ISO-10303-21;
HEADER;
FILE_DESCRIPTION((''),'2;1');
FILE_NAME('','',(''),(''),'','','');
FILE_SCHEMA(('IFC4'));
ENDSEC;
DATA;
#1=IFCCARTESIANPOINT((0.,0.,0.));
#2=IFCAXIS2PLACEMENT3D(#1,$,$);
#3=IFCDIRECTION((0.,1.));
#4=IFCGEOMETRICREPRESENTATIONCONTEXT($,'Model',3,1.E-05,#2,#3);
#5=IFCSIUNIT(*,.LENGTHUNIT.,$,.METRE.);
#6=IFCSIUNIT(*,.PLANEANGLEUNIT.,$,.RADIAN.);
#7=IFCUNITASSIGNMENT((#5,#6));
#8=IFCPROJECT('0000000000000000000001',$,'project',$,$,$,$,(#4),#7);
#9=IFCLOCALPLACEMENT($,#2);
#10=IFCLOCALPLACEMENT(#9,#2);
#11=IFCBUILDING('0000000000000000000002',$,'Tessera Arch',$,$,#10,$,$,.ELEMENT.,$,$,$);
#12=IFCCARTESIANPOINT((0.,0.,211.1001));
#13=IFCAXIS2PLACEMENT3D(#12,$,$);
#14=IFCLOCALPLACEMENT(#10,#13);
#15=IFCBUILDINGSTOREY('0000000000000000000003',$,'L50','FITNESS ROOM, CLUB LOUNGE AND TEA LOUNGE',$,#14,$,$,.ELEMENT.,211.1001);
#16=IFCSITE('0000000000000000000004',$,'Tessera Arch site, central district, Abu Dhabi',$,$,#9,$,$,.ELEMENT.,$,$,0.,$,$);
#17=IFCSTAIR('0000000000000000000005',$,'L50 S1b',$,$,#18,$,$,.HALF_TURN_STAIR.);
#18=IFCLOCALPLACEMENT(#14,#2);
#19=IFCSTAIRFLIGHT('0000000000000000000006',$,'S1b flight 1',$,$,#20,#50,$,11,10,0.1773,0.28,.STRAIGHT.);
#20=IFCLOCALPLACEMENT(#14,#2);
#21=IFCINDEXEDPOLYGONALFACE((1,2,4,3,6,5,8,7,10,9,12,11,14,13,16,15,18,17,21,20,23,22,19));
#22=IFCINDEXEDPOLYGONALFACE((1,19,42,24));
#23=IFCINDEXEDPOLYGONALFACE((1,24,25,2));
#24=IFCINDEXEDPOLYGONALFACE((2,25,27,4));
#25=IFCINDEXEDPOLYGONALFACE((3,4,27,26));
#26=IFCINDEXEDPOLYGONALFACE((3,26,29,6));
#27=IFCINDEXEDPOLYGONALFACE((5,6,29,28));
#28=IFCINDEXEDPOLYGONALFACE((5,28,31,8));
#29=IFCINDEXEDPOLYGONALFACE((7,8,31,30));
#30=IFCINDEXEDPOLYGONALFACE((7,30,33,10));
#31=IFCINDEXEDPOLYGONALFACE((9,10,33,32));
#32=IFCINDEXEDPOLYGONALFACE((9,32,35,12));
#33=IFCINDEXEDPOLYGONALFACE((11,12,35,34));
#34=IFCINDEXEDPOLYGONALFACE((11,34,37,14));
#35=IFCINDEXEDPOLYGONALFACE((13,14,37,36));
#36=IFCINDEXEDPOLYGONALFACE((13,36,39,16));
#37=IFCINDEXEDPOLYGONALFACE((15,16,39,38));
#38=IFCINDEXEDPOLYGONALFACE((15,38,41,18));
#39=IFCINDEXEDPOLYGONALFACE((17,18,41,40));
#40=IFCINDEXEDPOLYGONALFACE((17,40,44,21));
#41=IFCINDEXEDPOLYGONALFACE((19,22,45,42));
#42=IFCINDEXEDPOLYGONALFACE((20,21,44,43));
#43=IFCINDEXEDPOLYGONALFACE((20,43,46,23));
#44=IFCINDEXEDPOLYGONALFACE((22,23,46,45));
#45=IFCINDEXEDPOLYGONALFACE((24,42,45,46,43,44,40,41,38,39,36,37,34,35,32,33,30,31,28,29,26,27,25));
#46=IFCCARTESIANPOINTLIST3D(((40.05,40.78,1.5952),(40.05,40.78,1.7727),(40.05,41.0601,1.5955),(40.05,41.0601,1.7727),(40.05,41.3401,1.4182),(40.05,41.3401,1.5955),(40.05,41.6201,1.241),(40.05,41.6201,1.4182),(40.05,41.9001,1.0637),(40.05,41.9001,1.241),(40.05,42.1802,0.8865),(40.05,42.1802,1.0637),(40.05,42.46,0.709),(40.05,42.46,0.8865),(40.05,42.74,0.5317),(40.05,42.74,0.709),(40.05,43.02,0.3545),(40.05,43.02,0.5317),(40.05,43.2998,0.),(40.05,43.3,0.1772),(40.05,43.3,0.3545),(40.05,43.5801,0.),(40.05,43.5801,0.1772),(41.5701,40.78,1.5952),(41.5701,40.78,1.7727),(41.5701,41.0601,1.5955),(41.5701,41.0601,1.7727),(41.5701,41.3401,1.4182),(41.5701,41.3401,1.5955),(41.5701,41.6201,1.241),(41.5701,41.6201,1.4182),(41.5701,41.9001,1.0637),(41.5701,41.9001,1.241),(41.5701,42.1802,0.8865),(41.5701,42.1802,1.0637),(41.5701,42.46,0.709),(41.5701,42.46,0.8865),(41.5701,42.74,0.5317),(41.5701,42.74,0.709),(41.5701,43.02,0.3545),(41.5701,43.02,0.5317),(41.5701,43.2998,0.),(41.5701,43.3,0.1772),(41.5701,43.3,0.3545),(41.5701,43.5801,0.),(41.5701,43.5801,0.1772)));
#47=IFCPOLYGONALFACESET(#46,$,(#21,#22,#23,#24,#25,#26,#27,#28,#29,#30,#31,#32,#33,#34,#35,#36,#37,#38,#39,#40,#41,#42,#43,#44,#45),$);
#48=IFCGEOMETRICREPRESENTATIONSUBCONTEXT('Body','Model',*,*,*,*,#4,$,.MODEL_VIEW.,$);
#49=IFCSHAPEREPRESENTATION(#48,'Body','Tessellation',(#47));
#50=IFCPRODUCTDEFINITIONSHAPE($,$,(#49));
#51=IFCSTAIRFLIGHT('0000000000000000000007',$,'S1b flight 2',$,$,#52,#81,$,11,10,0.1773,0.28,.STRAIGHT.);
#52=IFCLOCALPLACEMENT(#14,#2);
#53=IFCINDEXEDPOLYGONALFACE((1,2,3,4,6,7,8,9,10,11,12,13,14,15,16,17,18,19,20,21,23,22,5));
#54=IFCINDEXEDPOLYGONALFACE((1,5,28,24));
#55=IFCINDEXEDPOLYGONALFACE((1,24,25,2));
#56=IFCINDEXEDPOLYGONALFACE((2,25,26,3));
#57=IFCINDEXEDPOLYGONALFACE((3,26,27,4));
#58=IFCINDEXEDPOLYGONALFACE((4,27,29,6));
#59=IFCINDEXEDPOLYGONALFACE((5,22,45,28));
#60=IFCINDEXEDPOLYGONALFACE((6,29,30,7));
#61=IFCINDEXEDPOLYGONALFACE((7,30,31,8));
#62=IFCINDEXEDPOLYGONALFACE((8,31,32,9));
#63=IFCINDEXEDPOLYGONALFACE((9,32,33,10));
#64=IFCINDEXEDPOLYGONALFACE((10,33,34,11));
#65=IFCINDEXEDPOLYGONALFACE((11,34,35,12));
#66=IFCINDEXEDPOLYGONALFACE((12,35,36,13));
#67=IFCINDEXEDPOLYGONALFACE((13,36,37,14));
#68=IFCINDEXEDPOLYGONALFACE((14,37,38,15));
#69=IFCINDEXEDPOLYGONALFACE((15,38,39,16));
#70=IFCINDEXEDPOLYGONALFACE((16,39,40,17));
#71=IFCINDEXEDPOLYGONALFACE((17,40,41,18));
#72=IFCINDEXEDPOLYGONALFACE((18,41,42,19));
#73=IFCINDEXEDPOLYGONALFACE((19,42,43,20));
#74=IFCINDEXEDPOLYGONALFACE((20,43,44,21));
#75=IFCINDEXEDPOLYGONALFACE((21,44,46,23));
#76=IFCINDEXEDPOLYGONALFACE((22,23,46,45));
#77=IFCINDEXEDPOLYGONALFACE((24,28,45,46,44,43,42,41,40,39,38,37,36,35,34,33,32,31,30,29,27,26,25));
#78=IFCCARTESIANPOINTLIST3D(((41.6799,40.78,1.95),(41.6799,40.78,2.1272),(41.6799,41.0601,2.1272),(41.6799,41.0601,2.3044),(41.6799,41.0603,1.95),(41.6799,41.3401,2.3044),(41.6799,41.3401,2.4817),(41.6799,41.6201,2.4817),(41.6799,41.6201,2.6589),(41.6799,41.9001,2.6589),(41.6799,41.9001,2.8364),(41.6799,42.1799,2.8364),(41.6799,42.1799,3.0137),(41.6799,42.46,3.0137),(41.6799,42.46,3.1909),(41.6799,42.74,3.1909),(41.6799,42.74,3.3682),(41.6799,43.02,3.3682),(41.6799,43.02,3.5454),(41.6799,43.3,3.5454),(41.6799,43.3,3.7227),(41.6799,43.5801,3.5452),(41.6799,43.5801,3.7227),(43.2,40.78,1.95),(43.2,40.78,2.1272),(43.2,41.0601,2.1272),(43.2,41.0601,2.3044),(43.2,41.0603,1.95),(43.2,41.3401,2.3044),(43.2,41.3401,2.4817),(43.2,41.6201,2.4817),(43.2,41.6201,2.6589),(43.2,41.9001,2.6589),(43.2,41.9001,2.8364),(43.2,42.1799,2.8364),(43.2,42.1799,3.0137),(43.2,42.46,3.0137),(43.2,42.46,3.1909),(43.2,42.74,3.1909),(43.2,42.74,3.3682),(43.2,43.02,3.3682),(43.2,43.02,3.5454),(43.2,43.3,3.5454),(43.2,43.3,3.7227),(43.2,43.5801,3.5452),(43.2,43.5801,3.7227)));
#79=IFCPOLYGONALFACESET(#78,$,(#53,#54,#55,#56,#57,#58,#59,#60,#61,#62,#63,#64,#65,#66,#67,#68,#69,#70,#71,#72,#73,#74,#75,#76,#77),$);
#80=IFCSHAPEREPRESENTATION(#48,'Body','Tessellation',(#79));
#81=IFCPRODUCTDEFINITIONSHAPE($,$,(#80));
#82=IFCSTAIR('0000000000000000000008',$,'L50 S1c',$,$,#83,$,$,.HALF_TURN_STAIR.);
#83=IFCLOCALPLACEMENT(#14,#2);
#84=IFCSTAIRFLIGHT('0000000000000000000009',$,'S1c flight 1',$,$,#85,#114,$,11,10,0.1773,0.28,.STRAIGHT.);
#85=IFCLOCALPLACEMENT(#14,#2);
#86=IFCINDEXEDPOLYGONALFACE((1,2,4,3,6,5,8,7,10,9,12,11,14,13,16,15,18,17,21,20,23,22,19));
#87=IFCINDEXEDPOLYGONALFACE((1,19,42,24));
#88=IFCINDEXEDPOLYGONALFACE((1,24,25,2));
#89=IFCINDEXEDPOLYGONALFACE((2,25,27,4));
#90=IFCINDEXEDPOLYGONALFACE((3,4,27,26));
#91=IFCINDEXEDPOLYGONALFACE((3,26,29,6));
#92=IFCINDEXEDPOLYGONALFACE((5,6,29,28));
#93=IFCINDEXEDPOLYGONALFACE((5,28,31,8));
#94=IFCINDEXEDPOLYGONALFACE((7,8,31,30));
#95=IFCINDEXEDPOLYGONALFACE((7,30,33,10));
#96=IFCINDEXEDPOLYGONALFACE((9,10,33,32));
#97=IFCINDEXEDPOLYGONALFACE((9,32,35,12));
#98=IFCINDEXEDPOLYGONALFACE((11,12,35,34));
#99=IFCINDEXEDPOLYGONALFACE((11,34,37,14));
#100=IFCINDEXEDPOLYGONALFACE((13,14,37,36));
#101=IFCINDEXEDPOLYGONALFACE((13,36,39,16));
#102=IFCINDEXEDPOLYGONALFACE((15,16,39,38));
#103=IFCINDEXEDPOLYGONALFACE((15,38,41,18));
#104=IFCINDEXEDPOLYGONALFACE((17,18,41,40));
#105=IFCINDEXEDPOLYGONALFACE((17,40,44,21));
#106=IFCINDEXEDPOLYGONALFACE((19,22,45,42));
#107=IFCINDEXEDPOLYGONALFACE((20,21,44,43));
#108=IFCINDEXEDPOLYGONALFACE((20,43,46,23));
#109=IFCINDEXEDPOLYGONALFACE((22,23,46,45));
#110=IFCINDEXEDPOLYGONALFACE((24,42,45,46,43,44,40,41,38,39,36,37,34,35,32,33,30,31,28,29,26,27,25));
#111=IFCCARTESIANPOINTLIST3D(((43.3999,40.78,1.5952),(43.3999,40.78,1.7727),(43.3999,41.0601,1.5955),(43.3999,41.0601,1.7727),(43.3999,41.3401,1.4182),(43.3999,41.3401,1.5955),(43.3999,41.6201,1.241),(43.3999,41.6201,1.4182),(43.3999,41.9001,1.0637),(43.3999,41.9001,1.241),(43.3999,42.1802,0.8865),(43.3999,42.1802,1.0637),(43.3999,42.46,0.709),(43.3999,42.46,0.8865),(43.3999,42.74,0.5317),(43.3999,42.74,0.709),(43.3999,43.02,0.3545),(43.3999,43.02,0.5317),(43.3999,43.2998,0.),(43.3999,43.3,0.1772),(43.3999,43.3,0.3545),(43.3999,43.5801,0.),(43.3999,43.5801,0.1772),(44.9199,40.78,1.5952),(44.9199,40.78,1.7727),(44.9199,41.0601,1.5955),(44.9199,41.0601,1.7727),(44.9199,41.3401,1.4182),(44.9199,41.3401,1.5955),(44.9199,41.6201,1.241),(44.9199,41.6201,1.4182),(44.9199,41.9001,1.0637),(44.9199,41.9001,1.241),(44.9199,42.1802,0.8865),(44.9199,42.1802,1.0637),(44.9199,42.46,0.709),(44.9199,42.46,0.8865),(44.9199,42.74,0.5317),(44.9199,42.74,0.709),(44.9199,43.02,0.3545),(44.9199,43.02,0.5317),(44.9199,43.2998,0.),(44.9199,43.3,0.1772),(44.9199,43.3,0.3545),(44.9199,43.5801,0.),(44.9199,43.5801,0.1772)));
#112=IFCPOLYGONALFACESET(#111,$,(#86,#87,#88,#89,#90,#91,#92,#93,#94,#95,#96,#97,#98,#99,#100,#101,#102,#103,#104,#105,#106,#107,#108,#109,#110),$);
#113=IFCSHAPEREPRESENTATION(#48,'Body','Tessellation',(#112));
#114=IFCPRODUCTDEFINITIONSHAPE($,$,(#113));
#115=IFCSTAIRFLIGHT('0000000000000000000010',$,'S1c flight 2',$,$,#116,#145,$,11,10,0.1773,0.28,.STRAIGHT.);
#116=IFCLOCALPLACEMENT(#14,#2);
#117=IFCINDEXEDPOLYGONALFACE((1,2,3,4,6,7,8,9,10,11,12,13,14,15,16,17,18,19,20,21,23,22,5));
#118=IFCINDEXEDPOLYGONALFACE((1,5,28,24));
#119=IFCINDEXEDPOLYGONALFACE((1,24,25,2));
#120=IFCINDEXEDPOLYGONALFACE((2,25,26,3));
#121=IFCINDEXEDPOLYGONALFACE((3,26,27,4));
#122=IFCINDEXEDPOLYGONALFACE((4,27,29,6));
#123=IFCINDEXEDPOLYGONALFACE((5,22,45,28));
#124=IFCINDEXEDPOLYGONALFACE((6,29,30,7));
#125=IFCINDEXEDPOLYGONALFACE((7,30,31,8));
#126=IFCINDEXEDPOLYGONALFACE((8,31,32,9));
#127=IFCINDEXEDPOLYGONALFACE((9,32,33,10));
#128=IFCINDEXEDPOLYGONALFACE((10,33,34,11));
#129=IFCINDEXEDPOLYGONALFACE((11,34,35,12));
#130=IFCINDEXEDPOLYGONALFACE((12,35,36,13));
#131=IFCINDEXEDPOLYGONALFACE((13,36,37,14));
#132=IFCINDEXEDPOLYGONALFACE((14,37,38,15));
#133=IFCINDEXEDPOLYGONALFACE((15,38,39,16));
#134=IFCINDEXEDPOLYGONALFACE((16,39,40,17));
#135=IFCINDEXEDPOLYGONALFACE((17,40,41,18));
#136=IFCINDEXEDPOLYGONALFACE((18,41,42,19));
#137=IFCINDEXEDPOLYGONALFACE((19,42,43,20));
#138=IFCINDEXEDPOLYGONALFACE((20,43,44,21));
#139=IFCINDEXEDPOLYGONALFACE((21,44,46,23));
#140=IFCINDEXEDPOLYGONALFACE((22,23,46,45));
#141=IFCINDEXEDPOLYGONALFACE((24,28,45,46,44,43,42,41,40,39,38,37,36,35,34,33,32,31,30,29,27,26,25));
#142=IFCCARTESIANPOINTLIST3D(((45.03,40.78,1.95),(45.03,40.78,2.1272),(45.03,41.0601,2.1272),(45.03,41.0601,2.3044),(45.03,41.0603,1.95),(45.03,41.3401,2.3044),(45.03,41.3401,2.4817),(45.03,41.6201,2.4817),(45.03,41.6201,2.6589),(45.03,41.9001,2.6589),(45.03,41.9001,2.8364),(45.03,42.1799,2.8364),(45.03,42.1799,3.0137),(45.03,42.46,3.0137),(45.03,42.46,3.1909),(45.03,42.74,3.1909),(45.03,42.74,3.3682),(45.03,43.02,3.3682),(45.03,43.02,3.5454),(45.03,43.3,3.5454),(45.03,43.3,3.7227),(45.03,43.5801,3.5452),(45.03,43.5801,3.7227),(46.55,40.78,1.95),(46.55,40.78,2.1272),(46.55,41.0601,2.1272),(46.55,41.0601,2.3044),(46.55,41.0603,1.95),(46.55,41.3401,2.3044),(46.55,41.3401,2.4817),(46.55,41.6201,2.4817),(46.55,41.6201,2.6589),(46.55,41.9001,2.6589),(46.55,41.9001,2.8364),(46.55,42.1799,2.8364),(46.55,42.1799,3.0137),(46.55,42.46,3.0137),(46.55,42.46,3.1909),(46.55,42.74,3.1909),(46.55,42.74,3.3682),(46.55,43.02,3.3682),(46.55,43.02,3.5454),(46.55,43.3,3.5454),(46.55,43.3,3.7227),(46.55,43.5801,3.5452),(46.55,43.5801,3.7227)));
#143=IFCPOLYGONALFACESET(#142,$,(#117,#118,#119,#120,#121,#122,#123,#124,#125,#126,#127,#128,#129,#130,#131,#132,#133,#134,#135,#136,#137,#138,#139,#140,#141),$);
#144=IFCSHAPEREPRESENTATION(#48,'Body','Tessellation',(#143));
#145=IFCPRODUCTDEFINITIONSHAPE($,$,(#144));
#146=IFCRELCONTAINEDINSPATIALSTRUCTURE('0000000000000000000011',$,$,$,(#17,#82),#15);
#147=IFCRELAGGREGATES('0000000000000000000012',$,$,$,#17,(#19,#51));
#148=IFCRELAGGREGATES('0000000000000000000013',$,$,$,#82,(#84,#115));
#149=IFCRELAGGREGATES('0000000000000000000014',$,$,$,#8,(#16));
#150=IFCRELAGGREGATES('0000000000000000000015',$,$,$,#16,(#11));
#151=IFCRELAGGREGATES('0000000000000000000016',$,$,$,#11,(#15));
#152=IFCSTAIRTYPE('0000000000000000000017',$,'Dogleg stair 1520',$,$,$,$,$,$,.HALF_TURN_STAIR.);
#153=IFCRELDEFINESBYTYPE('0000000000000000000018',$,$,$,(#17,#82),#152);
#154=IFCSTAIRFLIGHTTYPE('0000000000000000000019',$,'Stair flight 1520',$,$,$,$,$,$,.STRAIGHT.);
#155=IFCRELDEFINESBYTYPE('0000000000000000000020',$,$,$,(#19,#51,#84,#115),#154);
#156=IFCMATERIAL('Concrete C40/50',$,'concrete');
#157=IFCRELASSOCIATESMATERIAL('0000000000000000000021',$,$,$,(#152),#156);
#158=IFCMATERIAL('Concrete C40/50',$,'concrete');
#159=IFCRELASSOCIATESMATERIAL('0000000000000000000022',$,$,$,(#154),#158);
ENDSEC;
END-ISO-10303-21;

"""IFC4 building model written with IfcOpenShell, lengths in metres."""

from ifc_helpers import new_model, si_unit, direction, frame, origin, place, context, subcontext, project, spatial, polyline, outline, extrude, material, type_object, element, aggregate, save


model = new_model("IFC4")

# Units and contexts
model_context = context("Model", 3, precision=1e-05, world=origin(), true_north=direction((0.0, 1.0)))
body_context = subcontext(model_context, "Body", "Model", "MODEL_VIEW")
ifc_project = project(units=[si_unit("LENGTHUNIT", "METRE"), si_unit("PLANEANGLEUNIT", "RADIAN")], contexts=[model_context])

# Site, building, storey
site_placement = place(None, origin())
site = spatial("IfcSite", under=ifc_project, at=site_placement, Name="Tessera Arch site, central district, Abu Dhabi", CompositionType="ELEMENT", RefElevation=0.0)
building_placement = place(site_placement, origin())
building = spatial("IfcBuilding", under=site, at=building_placement, Name="Tessera Arch", CompositionType="ELEMENT")
storey_placement = place(building_placement, frame((0.0, 0.0, 211.1001)))
storey = spatial("IfcBuildingStorey", under=building, at=storey_placement, Name="L50", Description="FITNESS ROOM, CLUB LOUNGE AND TEA LOUNGE", CompositionType="ELEMENT", Elevation=211.1001)

# Stairs, stair flights
ifc_material_1 = material(Name="Concrete C40/50", Category="concrete")
stair_type = type_object("IfcStairType", Name="Dogleg stair 1520", PredefinedType="HALF_TURN_STAIR", material=ifc_material_1)
stair_1_placement = place(storey_placement, origin())
stair_1 = element("IfcStair", 1, at=stair_1_placement, inside=storey, type_object=stair_type, Name="L50 S1b", PredefinedType="HALF_TURN_STAIR")
ifc_material_2 = material(Name="Concrete C40/50", Category="concrete")
stair_flight_type = type_object("IfcStairFlightType", Name="Stair flight 1520", PredefinedType="STRAIGHT", material=ifc_material_2)
stair_flight_1_placement = place(storey_placement, frame((40.8101, 43.5801, 0.0), z_axis=(0.0, 0.0, 1.0), x_axis=(0.0, -1.0, 0.0)))
stair_flight_1 = element("IfcStairFlight", 2, at=stair_flight_1_placement, type_object=stair_flight_type, Name="S1b flight 1", NumberOfRisers=11, NumberOfTreads=10, PredefinedType="STRAIGHT", RiserHeight=0.1773, TreadLength=0.28, context=body_context, shape_type="SweptSolid", body=[
    extrude(outline(polyline([(0.0, 0.0), (0.0, 0.1772), (0.28, 0.1772), (0.28, 0.3545), (0.5601, 0.3545), (0.5601, 0.5317), (0.8401, 0.5317), (0.8401, 0.709), (1.1201, 0.709), (1.1201, 0.8865), (1.3999, 0.8865), (1.3999, 1.0637), (1.6799, 1.0637), (1.6799, 1.241), (1.96, 1.241), (1.96, 1.4182), (2.24, 1.4182), (2.24, 1.5955), (2.52, 1.5955), (2.52, 1.7727), (2.8, 1.7727), (2.8, 1.95), (2.8, 1.5952), (0.2803, 0.0), (0.0, 0.0)])), frame((0.0, 0.76, 0.0), z_axis=(0.0, -1.0, 0.0), x_axis=(1.0, 0.0, 0.0)), (0.0, 0.0, 1.0), 1.52),
])
stair_flight_2_placement = place(storey_placement, frame((42.4399, 40.78, 1.95), z_axis=(0.0, 0.0, 1.0), x_axis=(0.0, 1.0, 0.0)))
stair_flight_2 = element("IfcStairFlight", 3, at=stair_flight_2_placement, type_object=stair_flight_type, Name="S1b flight 2", NumberOfRisers=11, NumberOfTreads=10, PredefinedType="STRAIGHT", RiserHeight=0.1773, TreadLength=0.28, context=body_context, shape_type="SweptSolid", body=[
    extrude(outline(polyline([(0.0, 0.0), (0.0, 0.1772), (0.28, 0.1772), (0.28, 0.3545), (0.5601, 0.3545), (0.5601, 0.5317), (0.8401, 0.5317), (0.8401, 0.709), (1.1201, 0.709), (1.1201, 0.8865), (1.3999, 0.8865), (1.3999, 1.0637), (1.6799, 1.0637), (1.6799, 1.241), (1.96, 1.241), (1.96, 1.4182), (2.24, 1.4182), (2.24, 1.5955), (2.52, 1.5955), (2.52, 1.7727), (2.8, 1.7727), (2.8, 1.95), (2.8, 1.5952), (0.2803, 0.0), (0.0, 0.0)])), frame((0.0, 0.76, 0.0), z_axis=(0.0, -1.0, 0.0), x_axis=(1.0, 0.0, 0.0)), (0.0, 0.0, 1.0), 1.52),
])
aggregate(stair_1, [stair_flight_1, stair_flight_2])
stair_2_placement = place(storey_placement, origin())
stair_2 = element("IfcStair", 4, at=stair_2_placement, inside=storey, type_object=stair_type, Name="L50 S1c", PredefinedType="HALF_TURN_STAIR")
stair_flight_3_placement = place(storey_placement, frame((44.1599, 43.5801, 0.0), z_axis=(0.0, 0.0, 1.0), x_axis=(0.0, -1.0, 0.0)))
stair_flight_3 = element("IfcStairFlight", 5, at=stair_flight_3_placement, type_object=stair_flight_type, Name="S1c flight 1", NumberOfRisers=11, NumberOfTreads=10, PredefinedType="STRAIGHT", RiserHeight=0.1773, TreadLength=0.28, context=body_context, shape_type="SweptSolid", body=[
    extrude(outline(polyline([(0.0, 0.0), (0.0, 0.1772), (0.28, 0.1772), (0.28, 0.3545), (0.5601, 0.3545), (0.5601, 0.5317), (0.8401, 0.5317), (0.8401, 0.709), (1.1201, 0.709), (1.1201, 0.8865), (1.3999, 0.8865), (1.3999, 1.0637), (1.6799, 1.0637), (1.6799, 1.241), (1.96, 1.241), (1.96, 1.4182), (2.24, 1.4182), (2.24, 1.5955), (2.52, 1.5955), (2.52, 1.7727), (2.8, 1.7727), (2.8, 1.95), (2.8, 1.5952), (0.2803, 0.0), (0.0, 0.0)])), frame((0.0, 0.76, 0.0), z_axis=(0.0, -1.0, 0.0), x_axis=(1.0, 0.0, 0.0)), (0.0, 0.0, 1.0), 1.52),
])
stair_flight_4_placement = place(storey_placement, frame((45.79, 40.78, 1.95), z_axis=(0.0, 0.0, 1.0), x_axis=(0.0, 1.0, 0.0)))
stair_flight_4 = element("IfcStairFlight", 6, at=stair_flight_4_placement, type_object=stair_flight_type, Name="S1c flight 2", NumberOfRisers=11, NumberOfTreads=10, PredefinedType="STRAIGHT", RiserHeight=0.1773, TreadLength=0.28, context=body_context, shape_type="SweptSolid", body=[
    extrude(outline(polyline([(0.0, 0.0), (0.0, 0.1772), (0.28, 0.1772), (0.28, 0.3545), (0.5601, 0.3545), (0.5601, 0.5317), (0.8401, 0.5317), (0.8401, 0.709), (1.1201, 0.709), (1.1201, 0.8865), (1.3999, 0.8865), (1.3999, 1.0637), (1.6799, 1.0637), (1.6799, 1.241), (1.96, 1.241), (1.96, 1.4182), (2.24, 1.4182), (2.24, 1.5955), (2.52, 1.5955), (2.52, 1.7727), (2.8, 1.7727), (2.8, 1.95), (2.8, 1.5952), (0.2803, 0.0), (0.0, 0.0)])), frame((0.0, 0.76, 0.0), z_axis=(0.0, -1.0, 0.0), x_axis=(1.0, 0.0, 0.0)), (0.0, 0.0, 1.0), 1.52),
])
aggregate(stair_2, [stair_flight_3, stair_flight_4])

save(model, "model.ifc")
